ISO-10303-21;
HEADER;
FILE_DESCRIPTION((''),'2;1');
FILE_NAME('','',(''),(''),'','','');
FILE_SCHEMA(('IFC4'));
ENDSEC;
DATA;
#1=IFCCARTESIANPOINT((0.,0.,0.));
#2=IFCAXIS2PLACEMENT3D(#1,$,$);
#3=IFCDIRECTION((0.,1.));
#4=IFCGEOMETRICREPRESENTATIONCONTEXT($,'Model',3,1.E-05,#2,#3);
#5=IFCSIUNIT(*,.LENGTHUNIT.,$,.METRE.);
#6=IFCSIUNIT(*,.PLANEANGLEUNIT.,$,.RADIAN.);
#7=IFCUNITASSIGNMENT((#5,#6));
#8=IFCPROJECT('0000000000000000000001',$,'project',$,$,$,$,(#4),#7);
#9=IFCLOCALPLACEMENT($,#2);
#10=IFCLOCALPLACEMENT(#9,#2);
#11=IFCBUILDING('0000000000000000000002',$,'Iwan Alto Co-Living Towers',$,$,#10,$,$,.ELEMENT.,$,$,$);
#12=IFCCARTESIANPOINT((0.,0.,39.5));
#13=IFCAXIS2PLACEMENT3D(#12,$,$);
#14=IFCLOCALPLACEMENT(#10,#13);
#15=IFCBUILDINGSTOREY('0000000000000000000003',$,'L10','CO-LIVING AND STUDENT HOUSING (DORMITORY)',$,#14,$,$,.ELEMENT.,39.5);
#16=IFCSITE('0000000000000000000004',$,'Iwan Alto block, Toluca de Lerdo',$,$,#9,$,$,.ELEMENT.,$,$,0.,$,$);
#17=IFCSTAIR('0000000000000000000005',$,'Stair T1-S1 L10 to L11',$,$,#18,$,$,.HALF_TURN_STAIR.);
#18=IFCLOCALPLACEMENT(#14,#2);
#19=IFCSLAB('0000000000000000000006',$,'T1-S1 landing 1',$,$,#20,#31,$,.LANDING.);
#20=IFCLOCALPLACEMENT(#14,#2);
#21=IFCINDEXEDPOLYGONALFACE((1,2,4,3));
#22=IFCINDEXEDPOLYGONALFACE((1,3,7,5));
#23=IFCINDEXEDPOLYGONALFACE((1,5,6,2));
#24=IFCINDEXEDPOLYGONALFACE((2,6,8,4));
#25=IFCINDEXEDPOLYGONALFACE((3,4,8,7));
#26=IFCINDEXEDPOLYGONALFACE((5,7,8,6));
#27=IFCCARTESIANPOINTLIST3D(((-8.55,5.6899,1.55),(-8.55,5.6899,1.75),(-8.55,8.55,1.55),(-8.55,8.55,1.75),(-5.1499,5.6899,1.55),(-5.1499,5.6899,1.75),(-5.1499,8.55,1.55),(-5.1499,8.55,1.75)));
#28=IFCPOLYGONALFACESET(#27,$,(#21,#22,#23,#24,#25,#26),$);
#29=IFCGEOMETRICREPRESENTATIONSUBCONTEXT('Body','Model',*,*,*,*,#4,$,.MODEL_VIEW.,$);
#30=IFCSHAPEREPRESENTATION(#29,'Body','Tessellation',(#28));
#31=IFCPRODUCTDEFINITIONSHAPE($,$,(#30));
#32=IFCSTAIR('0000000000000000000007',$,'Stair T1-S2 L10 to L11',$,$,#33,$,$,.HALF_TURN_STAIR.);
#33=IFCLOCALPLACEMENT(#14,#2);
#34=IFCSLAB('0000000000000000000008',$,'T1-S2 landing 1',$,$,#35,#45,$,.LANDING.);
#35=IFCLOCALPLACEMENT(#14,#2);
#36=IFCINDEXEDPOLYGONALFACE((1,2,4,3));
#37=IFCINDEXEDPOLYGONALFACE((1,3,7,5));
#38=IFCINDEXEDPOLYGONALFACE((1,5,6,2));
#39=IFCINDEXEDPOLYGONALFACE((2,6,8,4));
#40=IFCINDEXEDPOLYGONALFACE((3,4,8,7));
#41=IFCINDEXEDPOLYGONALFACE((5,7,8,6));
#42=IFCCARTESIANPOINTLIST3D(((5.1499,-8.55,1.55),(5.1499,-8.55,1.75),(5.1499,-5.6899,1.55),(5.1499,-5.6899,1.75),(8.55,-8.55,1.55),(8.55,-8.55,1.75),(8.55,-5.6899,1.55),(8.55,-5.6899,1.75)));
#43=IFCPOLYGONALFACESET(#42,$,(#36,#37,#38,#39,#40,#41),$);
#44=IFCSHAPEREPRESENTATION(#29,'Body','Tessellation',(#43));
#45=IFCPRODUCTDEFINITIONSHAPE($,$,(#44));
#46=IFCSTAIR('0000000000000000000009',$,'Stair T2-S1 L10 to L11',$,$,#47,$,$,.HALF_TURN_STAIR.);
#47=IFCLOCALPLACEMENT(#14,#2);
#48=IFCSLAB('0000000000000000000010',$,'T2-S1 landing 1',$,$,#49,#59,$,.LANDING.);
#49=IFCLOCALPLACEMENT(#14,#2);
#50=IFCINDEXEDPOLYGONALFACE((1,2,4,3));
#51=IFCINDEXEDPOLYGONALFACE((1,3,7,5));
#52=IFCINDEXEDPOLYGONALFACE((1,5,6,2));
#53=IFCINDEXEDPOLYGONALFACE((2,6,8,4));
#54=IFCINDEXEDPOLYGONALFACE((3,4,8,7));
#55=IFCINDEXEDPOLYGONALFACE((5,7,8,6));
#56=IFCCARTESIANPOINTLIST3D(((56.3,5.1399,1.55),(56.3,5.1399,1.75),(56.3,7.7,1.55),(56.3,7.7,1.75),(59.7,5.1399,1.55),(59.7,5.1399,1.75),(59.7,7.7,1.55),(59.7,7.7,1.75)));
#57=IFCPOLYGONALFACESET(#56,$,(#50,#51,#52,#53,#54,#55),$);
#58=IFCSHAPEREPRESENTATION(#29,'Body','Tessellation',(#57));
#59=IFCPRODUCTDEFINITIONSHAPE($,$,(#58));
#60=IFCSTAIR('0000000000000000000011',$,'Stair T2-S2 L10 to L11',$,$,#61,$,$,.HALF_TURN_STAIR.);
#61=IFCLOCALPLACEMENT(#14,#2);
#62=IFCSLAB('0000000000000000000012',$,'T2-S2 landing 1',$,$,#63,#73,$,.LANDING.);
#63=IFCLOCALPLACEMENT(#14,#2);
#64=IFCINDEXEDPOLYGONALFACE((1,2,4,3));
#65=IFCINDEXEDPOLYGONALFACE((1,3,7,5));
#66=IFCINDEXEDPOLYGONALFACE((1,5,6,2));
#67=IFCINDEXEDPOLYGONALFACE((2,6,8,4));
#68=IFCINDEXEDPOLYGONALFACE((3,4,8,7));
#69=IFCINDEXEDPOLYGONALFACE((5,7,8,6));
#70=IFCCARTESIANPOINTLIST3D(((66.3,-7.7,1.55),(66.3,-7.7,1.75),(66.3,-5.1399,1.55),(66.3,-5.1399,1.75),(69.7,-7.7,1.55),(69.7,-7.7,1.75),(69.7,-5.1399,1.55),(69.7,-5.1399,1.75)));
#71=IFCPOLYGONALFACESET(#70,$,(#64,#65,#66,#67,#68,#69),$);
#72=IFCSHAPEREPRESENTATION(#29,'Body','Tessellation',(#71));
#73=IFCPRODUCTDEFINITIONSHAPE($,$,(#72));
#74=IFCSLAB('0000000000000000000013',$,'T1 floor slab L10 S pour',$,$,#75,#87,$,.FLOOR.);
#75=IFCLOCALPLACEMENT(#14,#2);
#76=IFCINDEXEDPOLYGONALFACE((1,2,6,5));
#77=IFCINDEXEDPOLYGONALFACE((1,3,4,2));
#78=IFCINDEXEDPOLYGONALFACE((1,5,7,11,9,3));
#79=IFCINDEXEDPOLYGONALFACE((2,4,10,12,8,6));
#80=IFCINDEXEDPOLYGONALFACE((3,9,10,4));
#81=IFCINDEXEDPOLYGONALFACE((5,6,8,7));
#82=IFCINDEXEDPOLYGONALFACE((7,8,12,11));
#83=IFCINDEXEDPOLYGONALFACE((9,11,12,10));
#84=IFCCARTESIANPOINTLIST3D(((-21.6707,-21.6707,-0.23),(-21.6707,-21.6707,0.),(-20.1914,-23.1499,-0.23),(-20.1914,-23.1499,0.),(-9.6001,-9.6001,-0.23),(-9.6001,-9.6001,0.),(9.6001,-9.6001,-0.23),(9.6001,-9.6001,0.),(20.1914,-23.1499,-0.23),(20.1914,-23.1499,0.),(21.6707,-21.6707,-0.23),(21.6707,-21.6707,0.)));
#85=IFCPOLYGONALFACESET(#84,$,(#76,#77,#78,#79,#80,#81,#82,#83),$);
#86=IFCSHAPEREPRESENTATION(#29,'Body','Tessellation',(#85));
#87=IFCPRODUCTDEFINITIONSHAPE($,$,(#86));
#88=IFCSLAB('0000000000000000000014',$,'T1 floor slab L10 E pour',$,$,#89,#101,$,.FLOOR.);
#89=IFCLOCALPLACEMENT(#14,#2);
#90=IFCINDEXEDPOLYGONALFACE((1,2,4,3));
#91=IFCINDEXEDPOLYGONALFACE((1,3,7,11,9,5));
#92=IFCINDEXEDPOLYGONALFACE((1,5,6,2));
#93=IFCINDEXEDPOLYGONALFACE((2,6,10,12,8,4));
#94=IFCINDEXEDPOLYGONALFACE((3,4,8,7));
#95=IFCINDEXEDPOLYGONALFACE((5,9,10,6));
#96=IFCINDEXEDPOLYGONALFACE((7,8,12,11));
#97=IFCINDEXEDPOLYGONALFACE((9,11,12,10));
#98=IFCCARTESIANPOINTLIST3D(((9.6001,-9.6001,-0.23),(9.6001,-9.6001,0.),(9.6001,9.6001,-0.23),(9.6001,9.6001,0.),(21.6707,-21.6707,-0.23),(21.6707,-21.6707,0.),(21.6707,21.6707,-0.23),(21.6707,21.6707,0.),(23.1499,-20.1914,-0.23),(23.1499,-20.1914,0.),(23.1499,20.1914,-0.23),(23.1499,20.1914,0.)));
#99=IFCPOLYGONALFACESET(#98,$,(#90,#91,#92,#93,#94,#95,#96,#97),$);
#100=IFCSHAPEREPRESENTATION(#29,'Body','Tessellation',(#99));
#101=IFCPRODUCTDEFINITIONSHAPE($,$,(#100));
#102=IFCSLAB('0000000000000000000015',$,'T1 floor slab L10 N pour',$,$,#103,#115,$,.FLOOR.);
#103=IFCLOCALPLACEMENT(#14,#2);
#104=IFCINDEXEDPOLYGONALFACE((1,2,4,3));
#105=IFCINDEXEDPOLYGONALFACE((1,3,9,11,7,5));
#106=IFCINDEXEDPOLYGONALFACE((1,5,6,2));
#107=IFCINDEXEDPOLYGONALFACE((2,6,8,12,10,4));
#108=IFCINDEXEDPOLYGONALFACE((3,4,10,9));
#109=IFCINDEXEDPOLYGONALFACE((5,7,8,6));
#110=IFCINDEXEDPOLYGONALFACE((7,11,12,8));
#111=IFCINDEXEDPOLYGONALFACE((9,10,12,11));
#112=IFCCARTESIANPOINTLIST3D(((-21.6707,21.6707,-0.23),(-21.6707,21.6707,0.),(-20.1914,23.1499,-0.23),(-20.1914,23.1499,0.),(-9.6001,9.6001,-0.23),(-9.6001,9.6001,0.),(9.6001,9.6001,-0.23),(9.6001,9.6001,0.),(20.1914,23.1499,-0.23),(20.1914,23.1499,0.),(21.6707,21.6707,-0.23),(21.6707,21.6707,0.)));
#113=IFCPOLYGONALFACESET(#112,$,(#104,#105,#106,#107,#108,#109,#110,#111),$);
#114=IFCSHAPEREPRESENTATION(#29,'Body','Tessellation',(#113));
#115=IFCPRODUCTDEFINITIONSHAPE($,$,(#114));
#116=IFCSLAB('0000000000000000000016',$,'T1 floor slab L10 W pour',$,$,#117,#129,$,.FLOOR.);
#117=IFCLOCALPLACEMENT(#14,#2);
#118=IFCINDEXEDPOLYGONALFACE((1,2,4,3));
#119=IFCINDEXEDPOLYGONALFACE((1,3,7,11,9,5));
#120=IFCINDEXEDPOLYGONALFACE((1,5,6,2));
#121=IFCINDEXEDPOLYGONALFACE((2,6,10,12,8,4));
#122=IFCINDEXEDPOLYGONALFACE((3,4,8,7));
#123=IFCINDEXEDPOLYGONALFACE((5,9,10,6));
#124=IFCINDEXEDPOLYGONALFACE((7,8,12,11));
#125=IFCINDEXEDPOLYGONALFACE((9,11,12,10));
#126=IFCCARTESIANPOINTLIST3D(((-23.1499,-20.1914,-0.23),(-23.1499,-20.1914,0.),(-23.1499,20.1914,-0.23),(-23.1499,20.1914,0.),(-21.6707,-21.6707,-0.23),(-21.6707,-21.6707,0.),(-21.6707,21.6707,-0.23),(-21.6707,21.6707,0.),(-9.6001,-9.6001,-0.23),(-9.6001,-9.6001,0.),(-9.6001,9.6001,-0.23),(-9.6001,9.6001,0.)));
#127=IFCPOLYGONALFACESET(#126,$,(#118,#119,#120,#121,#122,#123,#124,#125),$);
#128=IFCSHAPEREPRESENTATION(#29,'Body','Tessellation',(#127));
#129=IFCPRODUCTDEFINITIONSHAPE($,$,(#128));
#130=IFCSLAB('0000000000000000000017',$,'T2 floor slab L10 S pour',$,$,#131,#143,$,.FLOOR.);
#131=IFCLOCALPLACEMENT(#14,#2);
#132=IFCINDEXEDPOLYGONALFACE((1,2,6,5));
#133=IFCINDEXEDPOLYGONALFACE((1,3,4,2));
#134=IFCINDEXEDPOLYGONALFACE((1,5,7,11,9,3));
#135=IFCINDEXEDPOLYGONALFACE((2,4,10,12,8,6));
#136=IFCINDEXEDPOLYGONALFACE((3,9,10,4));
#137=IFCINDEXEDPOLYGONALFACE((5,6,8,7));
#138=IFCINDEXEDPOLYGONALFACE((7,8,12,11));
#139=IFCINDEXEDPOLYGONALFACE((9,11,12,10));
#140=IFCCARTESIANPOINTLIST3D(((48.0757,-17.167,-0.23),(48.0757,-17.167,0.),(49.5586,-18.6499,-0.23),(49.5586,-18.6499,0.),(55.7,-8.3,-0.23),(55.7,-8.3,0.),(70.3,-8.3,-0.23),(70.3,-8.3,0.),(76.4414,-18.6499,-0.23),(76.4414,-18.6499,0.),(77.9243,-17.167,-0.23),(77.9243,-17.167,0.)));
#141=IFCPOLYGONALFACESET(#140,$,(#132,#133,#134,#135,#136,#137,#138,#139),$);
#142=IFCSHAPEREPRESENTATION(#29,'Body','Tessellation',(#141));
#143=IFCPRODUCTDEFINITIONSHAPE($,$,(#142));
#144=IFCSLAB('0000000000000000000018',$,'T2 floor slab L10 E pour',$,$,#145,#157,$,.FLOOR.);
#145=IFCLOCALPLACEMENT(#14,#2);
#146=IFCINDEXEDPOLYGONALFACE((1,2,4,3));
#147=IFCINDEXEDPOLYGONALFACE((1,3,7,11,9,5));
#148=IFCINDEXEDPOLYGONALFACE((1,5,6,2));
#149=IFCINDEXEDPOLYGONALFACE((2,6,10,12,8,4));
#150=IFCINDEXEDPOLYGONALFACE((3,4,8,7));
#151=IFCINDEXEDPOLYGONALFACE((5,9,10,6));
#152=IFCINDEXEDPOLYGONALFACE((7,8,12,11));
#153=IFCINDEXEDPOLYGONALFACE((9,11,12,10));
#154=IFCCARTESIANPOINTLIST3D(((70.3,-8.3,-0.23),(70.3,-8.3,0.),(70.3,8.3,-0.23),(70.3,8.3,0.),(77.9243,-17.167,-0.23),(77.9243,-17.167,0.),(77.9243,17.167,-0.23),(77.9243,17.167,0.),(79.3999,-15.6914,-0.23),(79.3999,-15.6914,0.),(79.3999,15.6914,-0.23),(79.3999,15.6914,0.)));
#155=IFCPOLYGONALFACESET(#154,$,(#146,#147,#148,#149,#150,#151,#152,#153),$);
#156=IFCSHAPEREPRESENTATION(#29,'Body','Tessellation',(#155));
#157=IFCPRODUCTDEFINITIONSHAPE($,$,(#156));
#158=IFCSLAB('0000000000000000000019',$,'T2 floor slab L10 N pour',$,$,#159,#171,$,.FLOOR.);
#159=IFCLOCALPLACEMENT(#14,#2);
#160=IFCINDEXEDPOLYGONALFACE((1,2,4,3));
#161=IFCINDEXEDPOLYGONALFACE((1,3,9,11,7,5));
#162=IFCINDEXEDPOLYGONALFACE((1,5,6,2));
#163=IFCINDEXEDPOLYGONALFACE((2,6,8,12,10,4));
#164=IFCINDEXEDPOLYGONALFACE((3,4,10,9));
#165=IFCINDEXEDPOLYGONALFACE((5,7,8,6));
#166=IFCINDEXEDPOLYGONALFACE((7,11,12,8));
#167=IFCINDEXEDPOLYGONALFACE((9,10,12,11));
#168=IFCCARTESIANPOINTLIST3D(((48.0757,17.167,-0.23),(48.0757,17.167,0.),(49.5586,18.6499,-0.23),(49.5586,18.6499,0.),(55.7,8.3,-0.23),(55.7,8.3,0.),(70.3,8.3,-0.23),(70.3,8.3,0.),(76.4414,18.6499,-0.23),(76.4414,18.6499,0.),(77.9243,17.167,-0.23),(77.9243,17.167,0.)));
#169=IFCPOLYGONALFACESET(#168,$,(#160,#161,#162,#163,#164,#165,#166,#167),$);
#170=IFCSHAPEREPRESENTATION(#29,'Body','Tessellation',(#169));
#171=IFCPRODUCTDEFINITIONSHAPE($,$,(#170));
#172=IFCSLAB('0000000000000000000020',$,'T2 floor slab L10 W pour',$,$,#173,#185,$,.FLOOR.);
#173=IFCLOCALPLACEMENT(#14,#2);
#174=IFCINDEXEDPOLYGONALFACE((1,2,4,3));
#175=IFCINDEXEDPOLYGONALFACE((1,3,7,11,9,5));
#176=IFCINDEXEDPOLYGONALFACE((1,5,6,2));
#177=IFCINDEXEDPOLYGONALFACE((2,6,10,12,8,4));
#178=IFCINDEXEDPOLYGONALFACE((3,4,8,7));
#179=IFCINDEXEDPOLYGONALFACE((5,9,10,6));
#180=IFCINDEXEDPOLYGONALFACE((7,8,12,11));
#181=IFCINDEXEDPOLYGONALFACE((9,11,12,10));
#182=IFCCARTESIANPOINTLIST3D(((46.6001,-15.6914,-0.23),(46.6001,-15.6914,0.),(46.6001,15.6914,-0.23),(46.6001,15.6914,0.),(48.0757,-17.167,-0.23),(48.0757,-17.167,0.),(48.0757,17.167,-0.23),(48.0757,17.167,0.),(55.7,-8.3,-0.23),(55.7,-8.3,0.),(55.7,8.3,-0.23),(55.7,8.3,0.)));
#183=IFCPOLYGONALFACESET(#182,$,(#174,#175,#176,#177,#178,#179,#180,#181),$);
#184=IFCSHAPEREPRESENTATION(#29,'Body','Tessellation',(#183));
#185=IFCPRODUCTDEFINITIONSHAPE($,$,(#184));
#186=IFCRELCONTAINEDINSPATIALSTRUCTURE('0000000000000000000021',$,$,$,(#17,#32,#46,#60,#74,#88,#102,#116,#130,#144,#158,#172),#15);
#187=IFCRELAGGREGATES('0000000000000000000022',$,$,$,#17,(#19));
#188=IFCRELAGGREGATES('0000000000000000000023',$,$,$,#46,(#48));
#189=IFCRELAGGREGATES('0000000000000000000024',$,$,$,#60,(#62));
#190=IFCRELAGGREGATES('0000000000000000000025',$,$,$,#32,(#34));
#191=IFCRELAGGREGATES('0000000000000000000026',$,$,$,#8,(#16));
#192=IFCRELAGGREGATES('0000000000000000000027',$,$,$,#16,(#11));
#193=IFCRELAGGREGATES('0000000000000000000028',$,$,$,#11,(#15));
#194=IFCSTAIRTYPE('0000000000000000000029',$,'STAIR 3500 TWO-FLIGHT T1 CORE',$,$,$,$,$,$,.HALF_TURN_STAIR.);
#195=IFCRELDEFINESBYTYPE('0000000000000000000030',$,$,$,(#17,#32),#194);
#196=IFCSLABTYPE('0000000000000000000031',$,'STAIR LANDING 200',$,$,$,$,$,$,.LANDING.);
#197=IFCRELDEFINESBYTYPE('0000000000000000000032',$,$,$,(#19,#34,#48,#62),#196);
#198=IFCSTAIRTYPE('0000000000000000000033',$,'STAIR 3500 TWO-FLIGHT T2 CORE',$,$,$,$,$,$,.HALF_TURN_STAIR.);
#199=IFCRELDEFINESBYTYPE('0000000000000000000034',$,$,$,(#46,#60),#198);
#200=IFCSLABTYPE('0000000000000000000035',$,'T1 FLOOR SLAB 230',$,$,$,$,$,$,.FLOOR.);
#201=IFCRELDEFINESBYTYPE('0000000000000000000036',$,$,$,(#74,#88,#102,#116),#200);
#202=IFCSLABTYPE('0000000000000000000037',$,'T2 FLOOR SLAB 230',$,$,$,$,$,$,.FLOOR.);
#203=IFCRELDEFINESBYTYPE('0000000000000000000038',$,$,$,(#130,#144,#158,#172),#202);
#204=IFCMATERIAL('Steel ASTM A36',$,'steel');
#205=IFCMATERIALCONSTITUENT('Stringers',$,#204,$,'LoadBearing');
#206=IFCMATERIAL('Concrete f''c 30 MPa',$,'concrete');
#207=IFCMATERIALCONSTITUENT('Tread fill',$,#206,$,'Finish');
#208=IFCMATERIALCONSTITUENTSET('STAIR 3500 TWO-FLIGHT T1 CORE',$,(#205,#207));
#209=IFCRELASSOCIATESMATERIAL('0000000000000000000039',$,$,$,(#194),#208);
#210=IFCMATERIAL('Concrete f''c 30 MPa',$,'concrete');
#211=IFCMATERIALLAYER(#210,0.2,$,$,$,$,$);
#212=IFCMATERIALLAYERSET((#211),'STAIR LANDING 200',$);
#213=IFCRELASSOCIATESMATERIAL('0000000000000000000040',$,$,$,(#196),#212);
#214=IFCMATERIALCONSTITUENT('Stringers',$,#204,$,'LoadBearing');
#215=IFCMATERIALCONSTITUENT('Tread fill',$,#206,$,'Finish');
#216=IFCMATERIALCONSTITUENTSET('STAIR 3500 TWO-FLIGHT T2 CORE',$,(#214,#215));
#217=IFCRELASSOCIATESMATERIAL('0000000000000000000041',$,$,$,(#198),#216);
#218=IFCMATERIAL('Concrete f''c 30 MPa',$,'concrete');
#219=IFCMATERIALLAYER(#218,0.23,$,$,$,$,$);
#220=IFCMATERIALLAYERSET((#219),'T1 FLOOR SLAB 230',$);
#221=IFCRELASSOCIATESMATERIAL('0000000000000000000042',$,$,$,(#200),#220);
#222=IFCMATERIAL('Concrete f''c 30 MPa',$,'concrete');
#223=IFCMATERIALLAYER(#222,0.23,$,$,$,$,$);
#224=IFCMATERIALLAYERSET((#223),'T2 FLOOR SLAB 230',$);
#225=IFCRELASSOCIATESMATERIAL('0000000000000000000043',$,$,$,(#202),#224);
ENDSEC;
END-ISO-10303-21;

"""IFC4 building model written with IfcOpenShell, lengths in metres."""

from ifc_helpers import new_model, si_unit, direction, frame, origin, place, context, subcontext, project, spatial, polyline, outline, extrude, material, layer, layer_set, constituent, constituent_set, type_object, element, aggregate, save


model = new_model("IFC4")

# Units and contexts
model_context = context("Model", 3, precision=1e-05, world=origin(), true_north=direction((0.0, 1.0)))
body_context = subcontext(model_context, "Body", "Model", "MODEL_VIEW")
ifc_project = project(units=[si_unit("LENGTHUNIT", "METRE"), si_unit("PLANEANGLEUNIT", "RADIAN")], contexts=[model_context])

# Site, building, storey
site_placement = place(None, origin())
site = spatial("IfcSite", under=ifc_project, at=site_placement, Name="Iwan Alto block, Toluca de Lerdo", CompositionType="ELEMENT", RefElevation=0.0)
building_placement = place(site_placement, origin())
building = spatial("IfcBuilding", under=site, at=building_placement, Name="Iwan Alto Co-Living Towers", CompositionType="ELEMENT")
storey_placement = place(building_placement, frame((0.0, 0.0, 39.5)))
storey = spatial("IfcBuildingStorey", under=building, at=storey_placement, Name="L10", Description="CO-LIVING AND STUDENT HOUSING (DORMITORY)", CompositionType="ELEMENT", Elevation=39.5)

# Stairs, slabs
ifc_material_1 = material(Name="Steel ASTM A36", Category="steel")
ifc_constituent_1 = constituent(ifc_material_1, Name="Stringers", Category="LoadBearing")
ifc_material_2 = material(Name="Concrete f'c 30 MPa", Category="concrete")
ifc_constituent_2 = constituent(ifc_material_2, Name="Tread fill", Category="Finish")
ifc_constituent_set_1 = constituent_set(constituents=[ifc_constituent_1, ifc_constituent_2], Name="STAIR 3500 TWO-FLIGHT T1 CORE")
stair_type_1 = type_object("IfcStairType", Name="STAIR 3500 TWO-FLIGHT T1 CORE", PredefinedType="HALF_TURN_STAIR", material=ifc_constituent_set_1)
stair_1_placement = place(storey_placement, origin())
stair_1 = element("IfcStair", 1, at=stair_1_placement, inside=storey, type_object=stair_type_1, Name="Stair T1-S1 L10 to L11", PredefinedType="HALF_TURN_STAIR")
ifc_material_3 = material(Name="Concrete f'c 30 MPa", Category="concrete")
ifc_layer_1 = layer(ifc_material_3, 0.2)
ifc_layer_set_1 = layer_set([ifc_layer_1], Name="STAIR LANDING 200")
slab_type_1 = type_object("IfcSlabType", Name="STAIR LANDING 200", PredefinedType="LANDING", material=ifc_layer_set_1)
slab_1_placement = place(storey_placement, frame((0.0, 0.0, 1.55)))
slab_1 = element("IfcSlab", 2, at=slab_1_placement, type_object=slab_type_1, Name="T1-S1 landing 1", PredefinedType="LANDING", context=body_context, shape_type="SweptSolid", body=[
    extrude(outline(polyline([(-8.55, 5.6899), (-8.55, 8.55), (-5.1499, 8.55), (-5.1499, 5.6899), (-8.55, 5.6899)])), origin(), (0.0, 0.0, 1.0), 0.2),
])
aggregate(stair_1, [slab_1])
stair_2_placement = place(storey_placement, origin())
stair_2 = element("IfcStair", 3, at=stair_2_placement, inside=storey, type_object=stair_type_1, Name="Stair T1-S2 L10 to L11", PredefinedType="HALF_TURN_STAIR")
slab_2_placement = place(storey_placement, frame((0.0, 0.0, 1.55)))
slab_2 = element("IfcSlab", 4, at=slab_2_placement, type_object=slab_type_1, Name="T1-S2 landing 1", PredefinedType="LANDING", context=body_context, shape_type="SweptSolid", body=[
    extrude(outline(polyline([(5.1499, -5.6899), (5.1499, -8.55), (8.55, -8.55), (8.55, -5.6899), (5.1499, -5.6899)])), origin(), (0.0, 0.0, 1.0), 0.2),
])
ifc_constituent_3 = constituent(ifc_material_1, Name="Stringers", Category="LoadBearing")
ifc_constituent_4 = constituent(ifc_material_2, Name="Tread fill", Category="Finish")
ifc_constituent_set_2 = constituent_set(constituents=[ifc_constituent_3, ifc_constituent_4], Name="STAIR 3500 TWO-FLIGHT T2 CORE")
stair_type_2 = type_object("IfcStairType", Name="STAIR 3500 TWO-FLIGHT T2 CORE", PredefinedType="HALF_TURN_STAIR", material=ifc_constituent_set_2)
stair_3_placement = place(storey_placement, origin())
stair_3 = element("IfcStair", 5, at=stair_3_placement, inside=storey, type_object=stair_type_2, Name="Stair T2-S1 L10 to L11", PredefinedType="HALF_TURN_STAIR")
slab_3_placement = place(storey_placement, frame((0.0, 0.0, 1.55)))
slab_3 = element("IfcSlab", 6, at=slab_3_placement, type_object=slab_type_1, Name="T2-S1 landing 1", PredefinedType="LANDING", context=body_context, shape_type="SweptSolid", body=[
    extrude(outline(polyline([(56.3, 5.1399), (56.3, 7.7), (59.7, 7.7), (59.7, 5.1399), (56.3, 5.1399)])), origin(), (0.0, 0.0, 1.0), 0.2),
])
aggregate(stair_3, [slab_3])
stair_4_placement = place(storey_placement, origin())
stair_4 = element("IfcStair", 7, at=stair_4_placement, inside=storey, type_object=stair_type_2, Name="Stair T2-S2 L10 to L11", PredefinedType="HALF_TURN_STAIR")
slab_4_placement = place(storey_placement, frame((0.0, 0.0, 1.55)))
slab_4 = element("IfcSlab", 8, at=slab_4_placement, type_object=slab_type_1, Name="T2-S2 landing 1", PredefinedType="LANDING", context=body_context, shape_type="SweptSolid", body=[
    extrude(outline(polyline([(66.3, -5.1399), (66.3, -7.7), (69.7, -7.7), (69.7, -5.1399), (66.3, -5.1399)])), origin(), (0.0, 0.0, 1.0), 0.2),
])
aggregate(stair_4, [slab_4])

# Slabs
ifc_material_4 = material(Name="Concrete f'c 30 MPa", Category="concrete")
ifc_layer_2 = layer(ifc_material_4, 0.23)
ifc_layer_set_2 = layer_set([ifc_layer_2], Name="T1 FLOOR SLAB 230")
slab_type_2 = type_object("IfcSlabType", Name="T1 FLOOR SLAB 230", PredefinedType="FLOOR", material=ifc_layer_set_2)
slab_5_placement = place(storey_placement, frame((0.0, 0.0, -0.23)))
element("IfcSlab", 9, at=slab_5_placement, inside=storey, type_object=slab_type_2, Name="T1 floor slab L10 S pour", PredefinedType="FLOOR", context=body_context, shape_type="SweptSolid", body=[
    extrude(outline(polyline([(20.1914, -23.1499), (-20.1914, -23.1499), (-21.6707, -21.6707), (-9.6001, -9.6001), (9.6001, -9.6001), (21.6707, -21.6707), (20.1914, -23.1499)])), origin(), (0.0, 0.0, 1.0), 0.23),
])
slab_6_placement = place(storey_placement, frame((0.0, 0.0, -0.23)))
element("IfcSlab", 10, at=slab_6_placement, inside=storey, type_object=slab_type_2, Name="T1 floor slab L10 E pour", PredefinedType="FLOOR", context=body_context, shape_type="SweptSolid", body=[
    extrude(outline(polyline([(23.1499, 20.1914), (23.1499, -20.1914), (21.6707, -21.6707), (9.6001, -9.6001), (9.6001, 9.6001), (21.6707, 21.6707), (23.1499, 20.1914)])), origin(), (0.0, 0.0, 1.0), 0.23),
])
slab_7_placement = place(storey_placement, frame((0.0, 0.0, -0.23)))
element("IfcSlab", 11, at=slab_7_placement, inside=storey, type_object=slab_type_2, Name="T1 floor slab L10 N pour", PredefinedType="FLOOR", context=body_context, shape_type="SweptSolid", body=[
    extrude(outline(polyline([(-20.1914, 23.1499), (20.1914, 23.1499), (21.6707, 21.6707), (9.6001, 9.6001), (-9.6001, 9.6001), (-21.6707, 21.6707), (-20.1914, 23.1499)])), origin(), (0.0, 0.0, 1.0), 0.23),
])
slab_8_placement = place(storey_placement, frame((0.0, 0.0, -0.23)))
element("IfcSlab", 12, at=slab_8_placement, inside=storey, type_object=slab_type_2, Name="T1 floor slab L10 W pour", PredefinedType="FLOOR", context=body_context, shape_type="SweptSolid", body=[
    extrude(outline(polyline([(-23.1499, 20.1914), (-21.6707, 21.6707), (-9.6001, 9.6001), (-9.6001, -9.6001), (-21.6707, -21.6707), (-23.1499, -20.1914), (-23.1499, 20.1914)])), origin(), (0.0, 0.0, 1.0), 0.23),
])
ifc_material_5 = material(Name="Concrete f'c 30 MPa", Category="concrete")
ifc_layer_3 = layer(ifc_material_5, 0.23)
ifc_layer_set_3 = layer_set([ifc_layer_3], Name="T2 FLOOR SLAB 230")
slab_type_3 = type_object("IfcSlabType", Name="T2 FLOOR SLAB 230", PredefinedType="FLOOR", material=ifc_layer_set_3)
slab_9_placement = place(storey_placement, frame((0.0, 0.0, -0.23)))
element("IfcSlab", 13, at=slab_9_placement, inside=storey, type_object=slab_type_3, Name="T2 floor slab L10 S pour", PredefinedType="FLOOR", context=body_context, shape_type="SweptSolid", body=[
    extrude(outline(polyline([(76.4414, -18.6499), (49.5586, -18.6499), (48.0757, -17.167), (55.7, -8.3), (70.3, -8.3), (77.9243, -17.167), (76.4414, -18.6499)])), origin(), (0.0, 0.0, 1.0), 0.23),
])
slab_10_placement = place(storey_placement, frame((0.0, 0.0, -0.23)))
element("IfcSlab", 14, at=slab_10_placement, inside=storey, type_object=slab_type_3, Name="T2 floor slab L10 E pour", PredefinedType="FLOOR", context=body_context, shape_type="SweptSolid", body=[
    extrude(outline(polyline([(79.3999, 15.6914), (79.3999, -15.6914), (77.9243, -17.167), (70.3, -8.3), (70.3, 8.3), (77.9243, 17.167), (79.3999, 15.6914)])), origin(), (0.0, 0.0, 1.0), 0.23),
])
slab_11_placement = place(storey_placement, frame((0.0, 0.0, -0.23)))
element("IfcSlab", 15, at=slab_11_placement, inside=storey, type_object=slab_type_3, Name="T2 floor slab L10 N pour", PredefinedType="FLOOR", context=body_context, shape_type="SweptSolid", body=[
    extrude(outline(polyline([(49.5586, 18.6499), (76.4414, 18.6499), (77.9243, 17.167), (70.3, 8.3), (55.7, 8.3), (48.0757, 17.167), (49.5586, 18.6499)])), origin(), (0.0, 0.0, 1.0), 0.23),
])
slab_12_placement = place(storey_placement, frame((0.0, 0.0, -0.23)))
element("IfcSlab", 16, at=slab_12_placement, inside=storey, type_object=slab_type_3, Name="T2 floor slab L10 W pour", PredefinedType="FLOOR", context=body_context, shape_type="SweptSolid", body=[
    extrude(outline(polyline([(46.6001, 15.6914), (48.0757, 17.167), (55.7, 8.3), (55.7, -8.3), (48.0757, -17.167), (46.6001, -15.6914), (46.6001, 15.6914)])), origin(), (0.0, 0.0, 1.0), 0.23),
])

aggregate(stair_2, [slab_2])

save(model, "model.ifc")
